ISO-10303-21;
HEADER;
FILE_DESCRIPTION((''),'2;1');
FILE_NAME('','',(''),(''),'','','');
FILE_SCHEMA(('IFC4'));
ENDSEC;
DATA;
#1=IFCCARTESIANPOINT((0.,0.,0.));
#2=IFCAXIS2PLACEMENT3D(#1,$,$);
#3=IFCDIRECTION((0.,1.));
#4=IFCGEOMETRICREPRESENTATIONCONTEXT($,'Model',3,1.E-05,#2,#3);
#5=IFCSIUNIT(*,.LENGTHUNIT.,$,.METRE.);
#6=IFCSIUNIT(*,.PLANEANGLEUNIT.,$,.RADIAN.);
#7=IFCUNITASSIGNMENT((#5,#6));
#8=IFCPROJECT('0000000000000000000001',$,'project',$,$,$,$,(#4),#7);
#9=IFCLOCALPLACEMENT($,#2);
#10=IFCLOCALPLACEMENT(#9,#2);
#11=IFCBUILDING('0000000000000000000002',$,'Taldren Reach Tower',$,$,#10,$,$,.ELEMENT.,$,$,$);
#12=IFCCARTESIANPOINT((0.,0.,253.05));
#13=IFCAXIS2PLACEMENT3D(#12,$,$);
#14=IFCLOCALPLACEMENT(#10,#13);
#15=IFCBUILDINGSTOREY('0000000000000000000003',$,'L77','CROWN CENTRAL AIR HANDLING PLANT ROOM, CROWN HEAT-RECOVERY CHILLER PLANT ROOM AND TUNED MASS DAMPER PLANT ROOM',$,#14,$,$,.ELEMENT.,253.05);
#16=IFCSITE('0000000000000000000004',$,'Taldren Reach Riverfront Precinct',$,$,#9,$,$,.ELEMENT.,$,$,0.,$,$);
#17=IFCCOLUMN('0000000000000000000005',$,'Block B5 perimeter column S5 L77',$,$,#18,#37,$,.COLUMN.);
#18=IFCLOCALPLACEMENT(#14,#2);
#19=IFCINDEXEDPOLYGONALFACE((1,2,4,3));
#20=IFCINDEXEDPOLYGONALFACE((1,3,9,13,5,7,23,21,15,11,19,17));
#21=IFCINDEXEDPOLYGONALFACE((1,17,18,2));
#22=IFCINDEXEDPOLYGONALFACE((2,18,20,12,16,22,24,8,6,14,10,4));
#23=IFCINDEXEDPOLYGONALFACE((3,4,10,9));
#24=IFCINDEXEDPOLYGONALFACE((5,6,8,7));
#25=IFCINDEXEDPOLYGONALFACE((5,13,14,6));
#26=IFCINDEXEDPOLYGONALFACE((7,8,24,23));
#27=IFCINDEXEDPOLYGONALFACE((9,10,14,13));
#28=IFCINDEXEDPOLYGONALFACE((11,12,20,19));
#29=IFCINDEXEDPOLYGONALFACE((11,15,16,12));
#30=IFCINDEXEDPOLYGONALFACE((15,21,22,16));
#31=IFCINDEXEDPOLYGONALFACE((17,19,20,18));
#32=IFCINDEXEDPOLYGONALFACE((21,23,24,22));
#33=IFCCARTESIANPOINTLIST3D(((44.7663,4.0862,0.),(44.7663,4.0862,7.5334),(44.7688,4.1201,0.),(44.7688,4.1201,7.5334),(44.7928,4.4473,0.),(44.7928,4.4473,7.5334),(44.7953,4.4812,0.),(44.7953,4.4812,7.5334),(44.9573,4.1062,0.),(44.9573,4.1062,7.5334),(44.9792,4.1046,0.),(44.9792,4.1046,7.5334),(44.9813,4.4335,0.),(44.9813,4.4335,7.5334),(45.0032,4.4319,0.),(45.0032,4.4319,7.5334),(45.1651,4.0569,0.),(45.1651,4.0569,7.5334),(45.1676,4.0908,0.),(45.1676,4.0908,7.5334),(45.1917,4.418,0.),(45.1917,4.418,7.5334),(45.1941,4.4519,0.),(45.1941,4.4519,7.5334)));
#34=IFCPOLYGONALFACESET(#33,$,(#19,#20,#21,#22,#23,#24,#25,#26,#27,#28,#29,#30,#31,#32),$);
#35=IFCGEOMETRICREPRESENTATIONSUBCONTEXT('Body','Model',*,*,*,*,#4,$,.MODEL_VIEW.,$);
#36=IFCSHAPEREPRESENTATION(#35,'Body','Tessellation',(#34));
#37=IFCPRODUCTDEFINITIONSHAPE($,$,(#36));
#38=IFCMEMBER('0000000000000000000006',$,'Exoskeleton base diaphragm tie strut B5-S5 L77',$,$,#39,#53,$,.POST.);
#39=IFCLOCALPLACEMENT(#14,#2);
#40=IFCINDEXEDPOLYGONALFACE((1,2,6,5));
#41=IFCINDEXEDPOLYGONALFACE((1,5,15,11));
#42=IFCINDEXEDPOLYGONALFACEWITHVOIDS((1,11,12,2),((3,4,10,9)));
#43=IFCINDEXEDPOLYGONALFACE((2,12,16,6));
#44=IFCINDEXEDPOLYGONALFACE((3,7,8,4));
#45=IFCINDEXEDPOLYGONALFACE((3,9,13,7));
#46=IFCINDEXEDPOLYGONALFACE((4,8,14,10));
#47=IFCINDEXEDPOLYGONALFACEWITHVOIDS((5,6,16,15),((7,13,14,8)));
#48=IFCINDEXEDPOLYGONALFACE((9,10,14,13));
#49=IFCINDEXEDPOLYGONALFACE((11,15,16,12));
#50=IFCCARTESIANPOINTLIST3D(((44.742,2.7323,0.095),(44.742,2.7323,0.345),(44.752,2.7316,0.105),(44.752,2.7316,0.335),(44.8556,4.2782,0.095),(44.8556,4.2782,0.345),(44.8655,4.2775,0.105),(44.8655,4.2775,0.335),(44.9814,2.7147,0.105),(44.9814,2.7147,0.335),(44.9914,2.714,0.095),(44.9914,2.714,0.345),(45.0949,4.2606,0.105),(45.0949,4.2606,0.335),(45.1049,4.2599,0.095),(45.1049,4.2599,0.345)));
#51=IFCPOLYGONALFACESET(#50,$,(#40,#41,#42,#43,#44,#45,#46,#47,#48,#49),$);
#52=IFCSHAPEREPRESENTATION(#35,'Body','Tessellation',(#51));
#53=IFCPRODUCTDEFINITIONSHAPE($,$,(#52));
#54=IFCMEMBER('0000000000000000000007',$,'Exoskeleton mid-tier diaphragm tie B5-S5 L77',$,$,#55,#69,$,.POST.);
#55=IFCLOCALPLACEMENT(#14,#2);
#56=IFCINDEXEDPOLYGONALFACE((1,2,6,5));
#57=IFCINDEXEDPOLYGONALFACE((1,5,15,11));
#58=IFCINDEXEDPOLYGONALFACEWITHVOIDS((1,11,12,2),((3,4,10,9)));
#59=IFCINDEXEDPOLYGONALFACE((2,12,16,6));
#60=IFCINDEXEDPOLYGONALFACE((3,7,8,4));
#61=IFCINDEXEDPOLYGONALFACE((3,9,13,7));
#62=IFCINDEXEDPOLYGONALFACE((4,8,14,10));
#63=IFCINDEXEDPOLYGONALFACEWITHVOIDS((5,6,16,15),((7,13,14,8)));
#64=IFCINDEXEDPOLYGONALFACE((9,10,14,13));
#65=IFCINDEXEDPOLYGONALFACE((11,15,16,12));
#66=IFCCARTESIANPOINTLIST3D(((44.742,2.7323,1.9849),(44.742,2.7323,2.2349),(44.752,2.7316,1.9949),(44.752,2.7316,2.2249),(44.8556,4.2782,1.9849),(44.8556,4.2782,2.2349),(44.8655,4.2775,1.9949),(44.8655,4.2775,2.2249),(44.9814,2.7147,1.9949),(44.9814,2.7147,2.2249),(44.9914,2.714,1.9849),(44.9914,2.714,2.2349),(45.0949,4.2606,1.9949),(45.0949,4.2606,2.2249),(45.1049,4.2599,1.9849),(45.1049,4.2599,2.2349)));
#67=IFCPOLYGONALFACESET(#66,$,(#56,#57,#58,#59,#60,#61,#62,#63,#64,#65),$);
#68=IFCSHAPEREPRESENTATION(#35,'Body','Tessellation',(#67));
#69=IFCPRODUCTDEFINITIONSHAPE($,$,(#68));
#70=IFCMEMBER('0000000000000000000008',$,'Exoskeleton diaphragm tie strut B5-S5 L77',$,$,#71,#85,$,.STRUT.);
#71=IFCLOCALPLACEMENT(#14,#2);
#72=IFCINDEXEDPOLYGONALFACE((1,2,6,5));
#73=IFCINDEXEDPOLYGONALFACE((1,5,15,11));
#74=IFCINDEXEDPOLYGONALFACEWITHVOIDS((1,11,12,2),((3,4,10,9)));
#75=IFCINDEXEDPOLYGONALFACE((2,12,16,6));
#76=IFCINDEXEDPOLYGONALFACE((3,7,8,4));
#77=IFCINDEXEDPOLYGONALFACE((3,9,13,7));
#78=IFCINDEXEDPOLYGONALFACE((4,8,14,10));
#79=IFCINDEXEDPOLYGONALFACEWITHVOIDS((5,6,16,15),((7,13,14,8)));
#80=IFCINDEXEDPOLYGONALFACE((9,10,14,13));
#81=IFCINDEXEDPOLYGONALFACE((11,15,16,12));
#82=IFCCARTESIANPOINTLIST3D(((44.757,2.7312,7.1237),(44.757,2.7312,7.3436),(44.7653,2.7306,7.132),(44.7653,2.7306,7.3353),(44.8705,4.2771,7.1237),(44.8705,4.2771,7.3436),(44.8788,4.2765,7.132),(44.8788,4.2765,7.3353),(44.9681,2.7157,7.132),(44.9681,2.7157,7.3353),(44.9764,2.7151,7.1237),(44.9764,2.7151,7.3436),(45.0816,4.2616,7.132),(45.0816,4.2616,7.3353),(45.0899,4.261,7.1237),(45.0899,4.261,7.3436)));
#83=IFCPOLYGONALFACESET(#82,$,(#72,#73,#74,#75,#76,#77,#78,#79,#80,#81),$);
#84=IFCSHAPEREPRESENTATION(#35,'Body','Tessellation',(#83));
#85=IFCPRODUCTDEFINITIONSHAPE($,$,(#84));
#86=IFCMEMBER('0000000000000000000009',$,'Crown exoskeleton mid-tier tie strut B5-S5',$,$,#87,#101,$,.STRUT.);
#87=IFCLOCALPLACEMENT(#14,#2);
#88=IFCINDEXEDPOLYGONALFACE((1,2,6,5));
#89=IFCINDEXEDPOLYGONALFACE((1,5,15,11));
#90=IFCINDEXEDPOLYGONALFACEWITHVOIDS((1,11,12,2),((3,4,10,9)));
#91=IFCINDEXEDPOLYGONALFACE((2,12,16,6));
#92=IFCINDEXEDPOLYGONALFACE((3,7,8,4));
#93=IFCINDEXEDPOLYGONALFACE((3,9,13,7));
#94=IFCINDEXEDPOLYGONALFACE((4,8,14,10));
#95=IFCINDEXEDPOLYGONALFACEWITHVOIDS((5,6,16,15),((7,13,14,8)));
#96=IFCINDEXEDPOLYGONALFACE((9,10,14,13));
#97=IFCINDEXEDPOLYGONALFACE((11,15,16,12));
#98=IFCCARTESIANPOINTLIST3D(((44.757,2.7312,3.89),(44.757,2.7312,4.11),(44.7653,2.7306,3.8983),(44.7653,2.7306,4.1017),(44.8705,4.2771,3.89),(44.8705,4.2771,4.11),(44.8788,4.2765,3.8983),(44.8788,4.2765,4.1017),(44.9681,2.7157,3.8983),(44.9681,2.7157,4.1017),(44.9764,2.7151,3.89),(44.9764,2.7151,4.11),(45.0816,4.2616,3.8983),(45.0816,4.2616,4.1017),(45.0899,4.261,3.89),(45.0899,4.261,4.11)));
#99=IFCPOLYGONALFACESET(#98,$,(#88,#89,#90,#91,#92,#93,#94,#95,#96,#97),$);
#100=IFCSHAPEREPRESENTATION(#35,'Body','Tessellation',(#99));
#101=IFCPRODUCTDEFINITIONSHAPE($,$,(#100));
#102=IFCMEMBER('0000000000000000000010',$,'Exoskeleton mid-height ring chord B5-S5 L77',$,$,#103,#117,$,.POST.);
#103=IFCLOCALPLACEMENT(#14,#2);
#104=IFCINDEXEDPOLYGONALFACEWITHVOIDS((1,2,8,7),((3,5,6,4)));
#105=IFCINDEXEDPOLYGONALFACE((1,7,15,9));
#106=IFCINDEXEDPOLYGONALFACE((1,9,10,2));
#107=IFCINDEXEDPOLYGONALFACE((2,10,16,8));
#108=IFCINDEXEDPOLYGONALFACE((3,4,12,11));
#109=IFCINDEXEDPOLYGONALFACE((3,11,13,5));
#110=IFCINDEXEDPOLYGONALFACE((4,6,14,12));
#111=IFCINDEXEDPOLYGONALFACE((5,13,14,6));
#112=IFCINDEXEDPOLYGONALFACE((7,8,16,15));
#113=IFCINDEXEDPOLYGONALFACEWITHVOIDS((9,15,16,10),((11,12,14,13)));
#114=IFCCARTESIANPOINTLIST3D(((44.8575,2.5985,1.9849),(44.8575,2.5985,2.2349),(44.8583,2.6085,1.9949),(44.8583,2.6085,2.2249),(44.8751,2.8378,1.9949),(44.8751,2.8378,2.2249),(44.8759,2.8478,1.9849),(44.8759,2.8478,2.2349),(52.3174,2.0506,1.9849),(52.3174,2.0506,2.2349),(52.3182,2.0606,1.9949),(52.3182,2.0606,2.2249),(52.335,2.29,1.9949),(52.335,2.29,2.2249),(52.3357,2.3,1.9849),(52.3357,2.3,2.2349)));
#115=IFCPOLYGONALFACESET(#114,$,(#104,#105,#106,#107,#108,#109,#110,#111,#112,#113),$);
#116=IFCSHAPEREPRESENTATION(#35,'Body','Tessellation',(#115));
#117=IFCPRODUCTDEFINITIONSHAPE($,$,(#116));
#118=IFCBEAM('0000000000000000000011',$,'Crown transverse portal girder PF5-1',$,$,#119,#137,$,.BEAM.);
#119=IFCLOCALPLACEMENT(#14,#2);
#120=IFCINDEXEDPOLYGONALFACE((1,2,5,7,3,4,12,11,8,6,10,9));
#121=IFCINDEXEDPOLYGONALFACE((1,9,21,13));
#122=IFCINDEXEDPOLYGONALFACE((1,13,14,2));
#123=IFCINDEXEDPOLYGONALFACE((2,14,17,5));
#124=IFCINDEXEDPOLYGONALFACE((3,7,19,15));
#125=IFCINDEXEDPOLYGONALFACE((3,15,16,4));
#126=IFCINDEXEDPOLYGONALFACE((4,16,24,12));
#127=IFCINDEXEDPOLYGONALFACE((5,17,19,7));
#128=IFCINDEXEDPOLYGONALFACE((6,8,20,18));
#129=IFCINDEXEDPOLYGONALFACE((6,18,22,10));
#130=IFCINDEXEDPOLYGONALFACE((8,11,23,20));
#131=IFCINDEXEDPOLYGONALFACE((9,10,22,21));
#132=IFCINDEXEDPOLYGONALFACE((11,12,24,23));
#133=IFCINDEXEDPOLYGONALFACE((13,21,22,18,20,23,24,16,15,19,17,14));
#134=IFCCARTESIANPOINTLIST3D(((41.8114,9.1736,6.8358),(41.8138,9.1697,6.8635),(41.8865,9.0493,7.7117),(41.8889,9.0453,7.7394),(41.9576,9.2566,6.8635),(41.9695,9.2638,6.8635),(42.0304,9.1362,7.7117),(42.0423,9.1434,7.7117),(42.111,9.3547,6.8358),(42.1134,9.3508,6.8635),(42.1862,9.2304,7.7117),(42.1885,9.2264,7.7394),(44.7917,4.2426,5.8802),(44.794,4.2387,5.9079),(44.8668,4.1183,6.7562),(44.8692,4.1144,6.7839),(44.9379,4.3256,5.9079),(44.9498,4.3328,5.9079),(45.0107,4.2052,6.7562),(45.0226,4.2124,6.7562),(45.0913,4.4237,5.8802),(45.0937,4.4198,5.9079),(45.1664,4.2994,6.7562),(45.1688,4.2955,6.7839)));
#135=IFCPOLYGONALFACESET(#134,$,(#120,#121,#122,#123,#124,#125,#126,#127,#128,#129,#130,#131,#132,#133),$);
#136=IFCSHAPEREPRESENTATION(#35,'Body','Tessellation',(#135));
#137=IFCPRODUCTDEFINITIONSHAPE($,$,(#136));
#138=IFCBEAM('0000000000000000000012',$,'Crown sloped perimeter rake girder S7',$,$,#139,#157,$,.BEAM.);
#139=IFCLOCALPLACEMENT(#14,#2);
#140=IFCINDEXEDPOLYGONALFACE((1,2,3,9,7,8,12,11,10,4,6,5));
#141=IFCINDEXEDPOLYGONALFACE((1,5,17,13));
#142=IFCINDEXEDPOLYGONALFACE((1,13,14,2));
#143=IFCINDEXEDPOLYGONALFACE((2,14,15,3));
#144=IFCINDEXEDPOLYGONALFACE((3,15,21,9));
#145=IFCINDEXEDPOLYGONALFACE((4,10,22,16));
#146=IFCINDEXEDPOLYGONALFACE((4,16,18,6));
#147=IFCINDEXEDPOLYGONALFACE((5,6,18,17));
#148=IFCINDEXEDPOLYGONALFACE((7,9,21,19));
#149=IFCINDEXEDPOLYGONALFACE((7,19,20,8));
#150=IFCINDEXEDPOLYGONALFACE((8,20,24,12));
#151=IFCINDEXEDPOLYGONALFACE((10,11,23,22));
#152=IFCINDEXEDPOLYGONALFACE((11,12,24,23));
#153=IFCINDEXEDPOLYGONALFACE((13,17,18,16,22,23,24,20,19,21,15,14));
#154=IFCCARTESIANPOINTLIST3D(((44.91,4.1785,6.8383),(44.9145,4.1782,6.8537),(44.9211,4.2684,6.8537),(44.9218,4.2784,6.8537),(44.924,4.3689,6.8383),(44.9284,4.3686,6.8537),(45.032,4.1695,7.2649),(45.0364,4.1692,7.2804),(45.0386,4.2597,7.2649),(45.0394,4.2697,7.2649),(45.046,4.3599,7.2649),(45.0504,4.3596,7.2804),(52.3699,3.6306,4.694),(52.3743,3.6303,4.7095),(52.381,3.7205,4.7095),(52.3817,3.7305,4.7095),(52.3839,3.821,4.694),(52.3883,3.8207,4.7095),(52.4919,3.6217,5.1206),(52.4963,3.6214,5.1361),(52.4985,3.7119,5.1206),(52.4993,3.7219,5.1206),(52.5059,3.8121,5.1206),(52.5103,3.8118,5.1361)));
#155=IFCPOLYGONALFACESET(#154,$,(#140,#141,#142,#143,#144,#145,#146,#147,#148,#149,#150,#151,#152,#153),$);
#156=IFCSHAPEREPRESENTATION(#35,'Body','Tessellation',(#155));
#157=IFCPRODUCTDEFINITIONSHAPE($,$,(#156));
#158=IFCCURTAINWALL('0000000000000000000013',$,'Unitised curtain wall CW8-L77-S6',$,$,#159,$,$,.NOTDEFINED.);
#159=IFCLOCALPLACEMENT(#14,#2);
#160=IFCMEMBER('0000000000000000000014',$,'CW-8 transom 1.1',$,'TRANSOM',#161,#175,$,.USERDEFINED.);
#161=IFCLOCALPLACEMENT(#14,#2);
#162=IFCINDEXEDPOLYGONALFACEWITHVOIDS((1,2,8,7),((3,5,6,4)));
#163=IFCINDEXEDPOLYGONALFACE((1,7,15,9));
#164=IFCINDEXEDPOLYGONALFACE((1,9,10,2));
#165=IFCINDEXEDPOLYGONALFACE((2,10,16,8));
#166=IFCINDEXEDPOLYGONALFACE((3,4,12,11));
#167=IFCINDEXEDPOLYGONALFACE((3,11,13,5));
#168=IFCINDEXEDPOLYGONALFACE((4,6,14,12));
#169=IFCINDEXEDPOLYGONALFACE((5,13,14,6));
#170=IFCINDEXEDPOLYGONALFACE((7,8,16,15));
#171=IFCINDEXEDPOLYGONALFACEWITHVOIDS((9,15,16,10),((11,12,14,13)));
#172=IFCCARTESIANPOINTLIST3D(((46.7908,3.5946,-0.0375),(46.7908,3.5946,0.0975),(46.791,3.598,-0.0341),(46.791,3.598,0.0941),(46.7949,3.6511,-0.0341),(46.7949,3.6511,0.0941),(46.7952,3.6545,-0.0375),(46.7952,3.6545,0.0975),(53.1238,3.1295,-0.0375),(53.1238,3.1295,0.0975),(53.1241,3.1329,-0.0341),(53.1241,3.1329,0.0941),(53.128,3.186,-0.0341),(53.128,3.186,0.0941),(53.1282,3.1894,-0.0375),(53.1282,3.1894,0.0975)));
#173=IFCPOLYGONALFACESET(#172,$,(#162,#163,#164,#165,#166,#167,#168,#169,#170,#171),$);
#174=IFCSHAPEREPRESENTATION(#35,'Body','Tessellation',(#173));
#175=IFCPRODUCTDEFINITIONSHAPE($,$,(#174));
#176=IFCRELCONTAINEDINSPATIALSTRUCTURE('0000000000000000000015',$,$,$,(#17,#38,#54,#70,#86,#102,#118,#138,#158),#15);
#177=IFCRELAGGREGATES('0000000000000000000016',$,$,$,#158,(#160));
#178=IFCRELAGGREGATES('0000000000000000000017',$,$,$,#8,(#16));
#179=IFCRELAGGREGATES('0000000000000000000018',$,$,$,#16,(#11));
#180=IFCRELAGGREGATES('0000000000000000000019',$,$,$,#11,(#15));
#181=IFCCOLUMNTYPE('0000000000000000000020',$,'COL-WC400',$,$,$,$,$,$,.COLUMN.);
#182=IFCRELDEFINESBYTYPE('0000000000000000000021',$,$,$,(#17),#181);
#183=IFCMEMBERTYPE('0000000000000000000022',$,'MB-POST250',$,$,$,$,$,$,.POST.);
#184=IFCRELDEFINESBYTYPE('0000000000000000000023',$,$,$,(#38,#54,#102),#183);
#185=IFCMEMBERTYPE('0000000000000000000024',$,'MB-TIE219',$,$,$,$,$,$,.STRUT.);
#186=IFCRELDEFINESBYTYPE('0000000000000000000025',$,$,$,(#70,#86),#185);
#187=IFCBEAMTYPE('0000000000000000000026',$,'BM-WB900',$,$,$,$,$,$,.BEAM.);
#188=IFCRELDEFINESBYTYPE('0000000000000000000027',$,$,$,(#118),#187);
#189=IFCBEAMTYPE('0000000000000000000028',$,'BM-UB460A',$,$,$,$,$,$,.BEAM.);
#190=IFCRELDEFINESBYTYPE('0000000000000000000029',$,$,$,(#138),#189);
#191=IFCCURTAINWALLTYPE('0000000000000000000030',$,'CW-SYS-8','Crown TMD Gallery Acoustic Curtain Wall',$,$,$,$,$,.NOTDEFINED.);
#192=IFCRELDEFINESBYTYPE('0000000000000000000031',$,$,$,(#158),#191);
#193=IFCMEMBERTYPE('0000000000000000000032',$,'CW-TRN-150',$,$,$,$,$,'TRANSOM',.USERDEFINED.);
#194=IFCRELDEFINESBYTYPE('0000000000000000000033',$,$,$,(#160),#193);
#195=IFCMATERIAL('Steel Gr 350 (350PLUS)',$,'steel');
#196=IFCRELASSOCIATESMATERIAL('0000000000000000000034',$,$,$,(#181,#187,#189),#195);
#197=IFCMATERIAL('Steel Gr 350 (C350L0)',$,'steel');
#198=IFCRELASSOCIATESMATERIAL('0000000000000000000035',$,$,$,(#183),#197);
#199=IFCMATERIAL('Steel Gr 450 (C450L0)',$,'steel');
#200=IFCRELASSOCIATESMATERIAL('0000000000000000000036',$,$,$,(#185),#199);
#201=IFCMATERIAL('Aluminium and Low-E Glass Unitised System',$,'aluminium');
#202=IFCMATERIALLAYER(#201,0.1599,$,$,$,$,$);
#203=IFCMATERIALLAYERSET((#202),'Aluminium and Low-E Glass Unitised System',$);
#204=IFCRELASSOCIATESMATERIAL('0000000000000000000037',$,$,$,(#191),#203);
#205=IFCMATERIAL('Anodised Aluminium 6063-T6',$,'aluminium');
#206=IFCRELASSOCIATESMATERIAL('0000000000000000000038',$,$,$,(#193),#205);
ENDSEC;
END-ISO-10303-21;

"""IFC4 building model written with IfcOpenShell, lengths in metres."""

from ifc_helpers import new_model, si_unit, direction, frame, origin, origin_2d, place, context, subcontext, project, spatial, hollow_rectangle, i_section, extrude, source, transform, mapped, material, layer, layer_set, material_profile, profile_set, type_object, element, aggregate, save


model = new_model("IFC4")

# Units and contexts
model_context = context("Model", 3, precision=1e-05, world=origin(), true_north=direction((0.0, 1.0)))
body_context = subcontext(model_context, "Body", "Model", "MODEL_VIEW")
ifc_project = project(units=[si_unit("LENGTHUNIT", "METRE"), si_unit("PLANEANGLEUNIT", "RADIAN")], contexts=[model_context])

# Site, building, storey
site_placement = place(None, origin())
site = spatial("IfcSite", under=ifc_project, at=site_placement, Name="Taldren Reach Riverfront Precinct", CompositionType="ELEMENT", RefElevation=0.0)
building_placement = place(site_placement, origin())
building = spatial("IfcBuilding", under=site, at=building_placement, Name="Taldren Reach Tower", CompositionType="ELEMENT")
storey_placement = place(building_placement, frame((0.0, 0.0, 253.05)))
storey = spatial("IfcBuildingStorey", under=building, at=storey_placement, Name="L77", Description="CROWN CENTRAL AIR HANDLING PLANT ROOM, CROWN HEAT-RECOVERY CHILLER PLANT ROOM AND TUNED MASS DAMPER PLANT ROOM", CompositionType="ELEMENT", Elevation=253.05)

# Column
ifc_material_1 = material(Name="Steel Gr 350 (350PLUS)", Category="steel")
ifc_material_profile_1 = material_profile(ifc_material_1, i_section(OverallWidth=0.3999, OverallDepth=0.396, WebThickness=0.022, FlangeThickness=0.0339, at=origin_2d()), Name="400WC270")
ifc_profile_set_1 = profile_set([ifc_material_profile_1], Name="Steel Gr 350 (350PLUS)")
column_type = type_object("IfcColumnType", Name="COL-WC400", PredefinedType="COLUMN", material=ifc_profile_set_1)
shared_shape_1 = source(origin(), body_context, "Body", "SweptSolid", [
    extrude(i_section(OverallWidth=0.3999, OverallDepth=0.396, WebThickness=0.022, FlangeThickness=0.0339, at=origin_2d()), origin(), (0.0, 0.0, 1.0), 7.5334),
])
column_placement = place(storey_placement, frame((44.9802, 4.269, 0.0), z_axis=(0.0, 0.0, 1.0), x_axis=(0.997314, -0.073238, 0.0)))
element("IfcColumn", 1, at=column_placement, inside=storey, type_object=column_type, Name="Block B5 perimeter column S5 L77", PredefinedType="COLUMN", context=body_context, shape_type="MappedRepresentation", body=[
    mapped(shared_shape_1, transform((0.0, 0.0, 0.0), scale=1.0)),
])

# Members
ifc_material_2 = material(Name="Steel Gr 350 (C350L0)", Category="steel")
ifc_material_profile_2 = material_profile(ifc_material_2, hollow_rectangle(XDim=0.25, YDim=0.25, WallThickness=0.01, at=origin_2d()), Name="250x250x10.0SHS")
ifc_profile_set_2 = profile_set([ifc_material_profile_2], Name="Steel Gr 350 (C350L0)")
member_type_1 = type_object("IfcMemberType", Name="MB-POST250", PredefinedType="POST", material=ifc_profile_set_2)
shared_shape_2 = source(origin(), body_context, "Body", "SweptSolid", [
    extrude(hollow_rectangle(XDim=0.25, YDim=0.25, WallThickness=0.01, at=origin_2d()), origin(), (0.0, 0.0, 1.0), 1.55),
])
for number, where, z_axis, x_axis, name in (
    (2, (44.9802, 4.269, 0.22), (-0.073239, -0.997314, 0.0), (0.997314, -0.073239, 0.0), "Exoskeleton base diaphragm tie strut B5-S5 L77"),
    (3, (44.9802, 4.269, 2.1099), (-0.073239, -0.997314, 0.0), (0.997314, -0.073239, 0.0), "Exoskeleton mid-tier diaphragm tie B5-S5 L77"),
):
    element("IfcMember", number, at=place(storey_placement, frame(where, z_axis=z_axis, x_axis=x_axis)), inside=storey, type_object=member_type_1, Name=name, PredefinedType="POST", context=body_context, shape_type="MappedRepresentation", body=[
        mapped(shared_shape_2, transform((0.0, 0.0, 0.0), scale=1.0)),
    ])
ifc_material_3 = material(Name="Steel Gr 450 (C450L0)", Category="steel")
ifc_material_profile_3 = material_profile(ifc_material_3, hollow_rectangle(XDim=0.22, YDim=0.22, WallThickness=0.0083, at=origin_2d()), Name="220x220x8.2SHS")
ifc_profile_set_3 = profile_set([ifc_material_profile_3], Name="Steel Gr 450 (C450L0)")
member_type_2 = type_object("IfcMemberType", Name="MB-TIE219", PredefinedType="STRUT", material=ifc_profile_set_3)
shared_shape_3 = source(origin(), body_context, "Body", "SweptSolid", [
    extrude(hollow_rectangle(XDim=0.22, YDim=0.22, WallThickness=0.0083, at=origin_2d()), origin(), (0.0, 0.0, 1.0), 1.55),
])
for number, where, z_axis, x_axis, name in (
    (4, (44.9802, 4.269, 7.2336), (-0.073239, -0.997314, 0.0), (0.997314, -0.073239, 0.0), "Exoskeleton diaphragm tie strut B5-S5 L77"),
    (5, (44.9802, 4.269, 4.0), (-0.073239, -0.997314, 0.0), (0.997314, -0.073239, 0.0), "Crown exoskeleton mid-tier tie strut B5-S5"),
):
    element("IfcMember", number, at=place(storey_placement, frame(where, z_axis=z_axis, x_axis=x_axis)), inside=storey, type_object=member_type_2, Name=name, PredefinedType="STRUT", context=body_context, shape_type="MappedRepresentation", body=[
        mapped(shared_shape_3, transform((0.0, 0.0, 0.0), scale=1.0)),
    ])
shared_shape_4 = source(origin(), body_context, "Body", "SweptSolid", [
    extrude(hollow_rectangle(XDim=0.25, YDim=0.25, WallThickness=0.01, at=origin_2d()), origin(), (0.0, 0.0, 1.0), 7.48),
])
member_1_placement = place(storey_placement, frame((44.8667, 2.7231, 2.1099), z_axis=(0.997314, -0.073242, 0.0), x_axis=(0.073242, 0.997314, 0.0)))
element("IfcMember", 6, at=member_1_placement, inside=storey, type_object=member_type_1, Name="Exoskeleton mid-height ring chord B5-S5 L77", PredefinedType="POST", context=body_context, shape_type="MappedRepresentation", body=[
    mapped(shared_shape_4, transform((0.0, 0.0, 0.0), scale=1.0)),
])

# Beams
ifc_material_profile_4 = material_profile(ifc_material_1, i_section(OverallWidth=0.3501, OverallDepth=0.916, WebThickness=0.0139, FlangeThickness=0.0281, at=origin_2d()), Name="900WB257")
ifc_profile_set_4 = profile_set([ifc_material_profile_4], Name="Steel Gr 350 (350PLUS)")
beam_type_1 = type_object("IfcBeamType", Name="BM-WB900", PredefinedType="BEAM", material=ifc_profile_set_4)
shared_shape_5 = source(origin(), body_context, "Body", "SweptSolid", [
    extrude(i_section(OverallWidth=0.3501, OverallDepth=0.916, WebThickness=0.0139, FlangeThickness=0.0281, at=origin_2d()), origin(), (0.0, 0.0, 1.0), 5.8403),
])
beam_1_placement = place(storey_placement, frame((44.9802, 4.269, 6.332), z_axis=(-0.510289, 0.844295, 0.163617), x_axis=(-0.855828, -0.51726, 0.0)))
element("IfcBeam", 7, at=beam_1_placement, inside=storey, type_object=beam_type_1, Name="Crown transverse portal girder PF5-1", PredefinedType="BEAM", context=body_context, shape_type="MappedRepresentation", body=[
    mapped(shared_shape_5, transform((0.0, 0.0, 0.0), scale=1.0)),
])
ifc_material_profile_5 = material_profile(ifc_material_1, i_section(OverallWidth=0.1909, OverallDepth=0.46, WebThickness=0.01, FlangeThickness=0.0161, at=origin_2d()), Name="460UB82.1")
ifc_profile_set_5 = profile_set([ifc_material_profile_5], Name="Steel Gr 350 (350PLUS)")
beam_type_2 = type_object("IfcBeamType", Name="BM-UB460A", PredefinedType="BEAM", material=ifc_profile_set_5)
shared_shape_6 = source(origin(), body_context, "Body", "SweptSolid", [
    extrude(i_section(OverallWidth=0.1909, OverallDepth=0.46, WebThickness=0.01, FlangeThickness=0.0161, at=origin_2d()), origin(), (0.0, 0.0, 1.0), 7.7812),
])
beam_2_placement = place(storey_placement, frame((44.9802, 4.269, 7.0593), z_axis=(0.9587, -0.070406, -0.275568), x_axis=(0.073242, 0.997314, 0.0)))
element("IfcBeam", 8, at=beam_2_placement, inside=storey, type_object=beam_type_2, Name="Crown sloped perimeter rake girder S7", PredefinedType="BEAM", context=body_context, shape_type="MappedRepresentation", body=[
    mapped(shared_shape_6, transform((0.0, 0.0, 0.0), scale=1.0)),
])

# Curtain wall, member
ifc_material_4 = material(Name="Aluminium and Low-E Glass Unitised System", Category="aluminium")
ifc_layer_1 = layer(ifc_material_4, 0.1599)
ifc_layer_set_1 = layer_set([ifc_layer_1], Name="Aluminium and Low-E Glass Unitised System")
curtain_wall_type = type_object("IfcCurtainWallType", Name="CW-SYS-8", Description="Crown TMD Gallery Acoustic Curtain Wall", PredefinedType="NOTDEFINED", material=ifc_layer_set_1)
curtain_wall_1_placement = place(storey_placement, origin())
curtain_wall_1 = element("IfcCurtainWall", 9, at=curtain_wall_1_placement, inside=storey, type_object=curtain_wall_type, Name="Unitised curtain wall CW8-L77-S6", PredefinedType="NOTDEFINED")
ifc_material_5 = material(Name="Anodised Aluminium 6063-T6", Category="aluminium")
ifc_material_profile_6 = material_profile(ifc_material_5, hollow_rectangle(XDim=0.0601, YDim=0.135, WallThickness=0.0034, at=origin_2d()), Name="ALU-135x60x3.5RHS")
ifc_profile_set_6 = profile_set([ifc_material_profile_6], Name="Anodised Aluminium 6063-T6")
member_type_3 = type_object("IfcMemberType", Name="CW-TRN-150", ElementType="TRANSOM", PredefinedType="USERDEFINED", material=ifc_profile_set_6)
shared_shape_7 = source(origin(), body_context, "Body", "SweptSolid", [
    extrude(hollow_rectangle(XDim=0.0601, YDim=0.135, WallThickness=0.0034, at=origin_2d()), origin(), (0.0, 0.0, 1.0), 6.3501),
])
member_2_placement = place(storey_placement, frame((46.793, 3.6245, 0.03), z_axis=(0.997314, -0.073241, 0.0), x_axis=(0.073241, 0.997314, 0.0)))
member_2 = element("IfcMember", 10, at=member_2_placement, type_object=member_type_3, Name="CW-8 transom 1.1", ObjectType="TRANSOM", PredefinedType="USERDEFINED", context=body_context, shape_type="MappedRepresentation", body=[
    mapped(shared_shape_7, transform((0.0, 0.0, 0.0), scale=1.0)),
])

aggregate(curtain_wall_1, [member_2])

save(model, "model.ifc")
